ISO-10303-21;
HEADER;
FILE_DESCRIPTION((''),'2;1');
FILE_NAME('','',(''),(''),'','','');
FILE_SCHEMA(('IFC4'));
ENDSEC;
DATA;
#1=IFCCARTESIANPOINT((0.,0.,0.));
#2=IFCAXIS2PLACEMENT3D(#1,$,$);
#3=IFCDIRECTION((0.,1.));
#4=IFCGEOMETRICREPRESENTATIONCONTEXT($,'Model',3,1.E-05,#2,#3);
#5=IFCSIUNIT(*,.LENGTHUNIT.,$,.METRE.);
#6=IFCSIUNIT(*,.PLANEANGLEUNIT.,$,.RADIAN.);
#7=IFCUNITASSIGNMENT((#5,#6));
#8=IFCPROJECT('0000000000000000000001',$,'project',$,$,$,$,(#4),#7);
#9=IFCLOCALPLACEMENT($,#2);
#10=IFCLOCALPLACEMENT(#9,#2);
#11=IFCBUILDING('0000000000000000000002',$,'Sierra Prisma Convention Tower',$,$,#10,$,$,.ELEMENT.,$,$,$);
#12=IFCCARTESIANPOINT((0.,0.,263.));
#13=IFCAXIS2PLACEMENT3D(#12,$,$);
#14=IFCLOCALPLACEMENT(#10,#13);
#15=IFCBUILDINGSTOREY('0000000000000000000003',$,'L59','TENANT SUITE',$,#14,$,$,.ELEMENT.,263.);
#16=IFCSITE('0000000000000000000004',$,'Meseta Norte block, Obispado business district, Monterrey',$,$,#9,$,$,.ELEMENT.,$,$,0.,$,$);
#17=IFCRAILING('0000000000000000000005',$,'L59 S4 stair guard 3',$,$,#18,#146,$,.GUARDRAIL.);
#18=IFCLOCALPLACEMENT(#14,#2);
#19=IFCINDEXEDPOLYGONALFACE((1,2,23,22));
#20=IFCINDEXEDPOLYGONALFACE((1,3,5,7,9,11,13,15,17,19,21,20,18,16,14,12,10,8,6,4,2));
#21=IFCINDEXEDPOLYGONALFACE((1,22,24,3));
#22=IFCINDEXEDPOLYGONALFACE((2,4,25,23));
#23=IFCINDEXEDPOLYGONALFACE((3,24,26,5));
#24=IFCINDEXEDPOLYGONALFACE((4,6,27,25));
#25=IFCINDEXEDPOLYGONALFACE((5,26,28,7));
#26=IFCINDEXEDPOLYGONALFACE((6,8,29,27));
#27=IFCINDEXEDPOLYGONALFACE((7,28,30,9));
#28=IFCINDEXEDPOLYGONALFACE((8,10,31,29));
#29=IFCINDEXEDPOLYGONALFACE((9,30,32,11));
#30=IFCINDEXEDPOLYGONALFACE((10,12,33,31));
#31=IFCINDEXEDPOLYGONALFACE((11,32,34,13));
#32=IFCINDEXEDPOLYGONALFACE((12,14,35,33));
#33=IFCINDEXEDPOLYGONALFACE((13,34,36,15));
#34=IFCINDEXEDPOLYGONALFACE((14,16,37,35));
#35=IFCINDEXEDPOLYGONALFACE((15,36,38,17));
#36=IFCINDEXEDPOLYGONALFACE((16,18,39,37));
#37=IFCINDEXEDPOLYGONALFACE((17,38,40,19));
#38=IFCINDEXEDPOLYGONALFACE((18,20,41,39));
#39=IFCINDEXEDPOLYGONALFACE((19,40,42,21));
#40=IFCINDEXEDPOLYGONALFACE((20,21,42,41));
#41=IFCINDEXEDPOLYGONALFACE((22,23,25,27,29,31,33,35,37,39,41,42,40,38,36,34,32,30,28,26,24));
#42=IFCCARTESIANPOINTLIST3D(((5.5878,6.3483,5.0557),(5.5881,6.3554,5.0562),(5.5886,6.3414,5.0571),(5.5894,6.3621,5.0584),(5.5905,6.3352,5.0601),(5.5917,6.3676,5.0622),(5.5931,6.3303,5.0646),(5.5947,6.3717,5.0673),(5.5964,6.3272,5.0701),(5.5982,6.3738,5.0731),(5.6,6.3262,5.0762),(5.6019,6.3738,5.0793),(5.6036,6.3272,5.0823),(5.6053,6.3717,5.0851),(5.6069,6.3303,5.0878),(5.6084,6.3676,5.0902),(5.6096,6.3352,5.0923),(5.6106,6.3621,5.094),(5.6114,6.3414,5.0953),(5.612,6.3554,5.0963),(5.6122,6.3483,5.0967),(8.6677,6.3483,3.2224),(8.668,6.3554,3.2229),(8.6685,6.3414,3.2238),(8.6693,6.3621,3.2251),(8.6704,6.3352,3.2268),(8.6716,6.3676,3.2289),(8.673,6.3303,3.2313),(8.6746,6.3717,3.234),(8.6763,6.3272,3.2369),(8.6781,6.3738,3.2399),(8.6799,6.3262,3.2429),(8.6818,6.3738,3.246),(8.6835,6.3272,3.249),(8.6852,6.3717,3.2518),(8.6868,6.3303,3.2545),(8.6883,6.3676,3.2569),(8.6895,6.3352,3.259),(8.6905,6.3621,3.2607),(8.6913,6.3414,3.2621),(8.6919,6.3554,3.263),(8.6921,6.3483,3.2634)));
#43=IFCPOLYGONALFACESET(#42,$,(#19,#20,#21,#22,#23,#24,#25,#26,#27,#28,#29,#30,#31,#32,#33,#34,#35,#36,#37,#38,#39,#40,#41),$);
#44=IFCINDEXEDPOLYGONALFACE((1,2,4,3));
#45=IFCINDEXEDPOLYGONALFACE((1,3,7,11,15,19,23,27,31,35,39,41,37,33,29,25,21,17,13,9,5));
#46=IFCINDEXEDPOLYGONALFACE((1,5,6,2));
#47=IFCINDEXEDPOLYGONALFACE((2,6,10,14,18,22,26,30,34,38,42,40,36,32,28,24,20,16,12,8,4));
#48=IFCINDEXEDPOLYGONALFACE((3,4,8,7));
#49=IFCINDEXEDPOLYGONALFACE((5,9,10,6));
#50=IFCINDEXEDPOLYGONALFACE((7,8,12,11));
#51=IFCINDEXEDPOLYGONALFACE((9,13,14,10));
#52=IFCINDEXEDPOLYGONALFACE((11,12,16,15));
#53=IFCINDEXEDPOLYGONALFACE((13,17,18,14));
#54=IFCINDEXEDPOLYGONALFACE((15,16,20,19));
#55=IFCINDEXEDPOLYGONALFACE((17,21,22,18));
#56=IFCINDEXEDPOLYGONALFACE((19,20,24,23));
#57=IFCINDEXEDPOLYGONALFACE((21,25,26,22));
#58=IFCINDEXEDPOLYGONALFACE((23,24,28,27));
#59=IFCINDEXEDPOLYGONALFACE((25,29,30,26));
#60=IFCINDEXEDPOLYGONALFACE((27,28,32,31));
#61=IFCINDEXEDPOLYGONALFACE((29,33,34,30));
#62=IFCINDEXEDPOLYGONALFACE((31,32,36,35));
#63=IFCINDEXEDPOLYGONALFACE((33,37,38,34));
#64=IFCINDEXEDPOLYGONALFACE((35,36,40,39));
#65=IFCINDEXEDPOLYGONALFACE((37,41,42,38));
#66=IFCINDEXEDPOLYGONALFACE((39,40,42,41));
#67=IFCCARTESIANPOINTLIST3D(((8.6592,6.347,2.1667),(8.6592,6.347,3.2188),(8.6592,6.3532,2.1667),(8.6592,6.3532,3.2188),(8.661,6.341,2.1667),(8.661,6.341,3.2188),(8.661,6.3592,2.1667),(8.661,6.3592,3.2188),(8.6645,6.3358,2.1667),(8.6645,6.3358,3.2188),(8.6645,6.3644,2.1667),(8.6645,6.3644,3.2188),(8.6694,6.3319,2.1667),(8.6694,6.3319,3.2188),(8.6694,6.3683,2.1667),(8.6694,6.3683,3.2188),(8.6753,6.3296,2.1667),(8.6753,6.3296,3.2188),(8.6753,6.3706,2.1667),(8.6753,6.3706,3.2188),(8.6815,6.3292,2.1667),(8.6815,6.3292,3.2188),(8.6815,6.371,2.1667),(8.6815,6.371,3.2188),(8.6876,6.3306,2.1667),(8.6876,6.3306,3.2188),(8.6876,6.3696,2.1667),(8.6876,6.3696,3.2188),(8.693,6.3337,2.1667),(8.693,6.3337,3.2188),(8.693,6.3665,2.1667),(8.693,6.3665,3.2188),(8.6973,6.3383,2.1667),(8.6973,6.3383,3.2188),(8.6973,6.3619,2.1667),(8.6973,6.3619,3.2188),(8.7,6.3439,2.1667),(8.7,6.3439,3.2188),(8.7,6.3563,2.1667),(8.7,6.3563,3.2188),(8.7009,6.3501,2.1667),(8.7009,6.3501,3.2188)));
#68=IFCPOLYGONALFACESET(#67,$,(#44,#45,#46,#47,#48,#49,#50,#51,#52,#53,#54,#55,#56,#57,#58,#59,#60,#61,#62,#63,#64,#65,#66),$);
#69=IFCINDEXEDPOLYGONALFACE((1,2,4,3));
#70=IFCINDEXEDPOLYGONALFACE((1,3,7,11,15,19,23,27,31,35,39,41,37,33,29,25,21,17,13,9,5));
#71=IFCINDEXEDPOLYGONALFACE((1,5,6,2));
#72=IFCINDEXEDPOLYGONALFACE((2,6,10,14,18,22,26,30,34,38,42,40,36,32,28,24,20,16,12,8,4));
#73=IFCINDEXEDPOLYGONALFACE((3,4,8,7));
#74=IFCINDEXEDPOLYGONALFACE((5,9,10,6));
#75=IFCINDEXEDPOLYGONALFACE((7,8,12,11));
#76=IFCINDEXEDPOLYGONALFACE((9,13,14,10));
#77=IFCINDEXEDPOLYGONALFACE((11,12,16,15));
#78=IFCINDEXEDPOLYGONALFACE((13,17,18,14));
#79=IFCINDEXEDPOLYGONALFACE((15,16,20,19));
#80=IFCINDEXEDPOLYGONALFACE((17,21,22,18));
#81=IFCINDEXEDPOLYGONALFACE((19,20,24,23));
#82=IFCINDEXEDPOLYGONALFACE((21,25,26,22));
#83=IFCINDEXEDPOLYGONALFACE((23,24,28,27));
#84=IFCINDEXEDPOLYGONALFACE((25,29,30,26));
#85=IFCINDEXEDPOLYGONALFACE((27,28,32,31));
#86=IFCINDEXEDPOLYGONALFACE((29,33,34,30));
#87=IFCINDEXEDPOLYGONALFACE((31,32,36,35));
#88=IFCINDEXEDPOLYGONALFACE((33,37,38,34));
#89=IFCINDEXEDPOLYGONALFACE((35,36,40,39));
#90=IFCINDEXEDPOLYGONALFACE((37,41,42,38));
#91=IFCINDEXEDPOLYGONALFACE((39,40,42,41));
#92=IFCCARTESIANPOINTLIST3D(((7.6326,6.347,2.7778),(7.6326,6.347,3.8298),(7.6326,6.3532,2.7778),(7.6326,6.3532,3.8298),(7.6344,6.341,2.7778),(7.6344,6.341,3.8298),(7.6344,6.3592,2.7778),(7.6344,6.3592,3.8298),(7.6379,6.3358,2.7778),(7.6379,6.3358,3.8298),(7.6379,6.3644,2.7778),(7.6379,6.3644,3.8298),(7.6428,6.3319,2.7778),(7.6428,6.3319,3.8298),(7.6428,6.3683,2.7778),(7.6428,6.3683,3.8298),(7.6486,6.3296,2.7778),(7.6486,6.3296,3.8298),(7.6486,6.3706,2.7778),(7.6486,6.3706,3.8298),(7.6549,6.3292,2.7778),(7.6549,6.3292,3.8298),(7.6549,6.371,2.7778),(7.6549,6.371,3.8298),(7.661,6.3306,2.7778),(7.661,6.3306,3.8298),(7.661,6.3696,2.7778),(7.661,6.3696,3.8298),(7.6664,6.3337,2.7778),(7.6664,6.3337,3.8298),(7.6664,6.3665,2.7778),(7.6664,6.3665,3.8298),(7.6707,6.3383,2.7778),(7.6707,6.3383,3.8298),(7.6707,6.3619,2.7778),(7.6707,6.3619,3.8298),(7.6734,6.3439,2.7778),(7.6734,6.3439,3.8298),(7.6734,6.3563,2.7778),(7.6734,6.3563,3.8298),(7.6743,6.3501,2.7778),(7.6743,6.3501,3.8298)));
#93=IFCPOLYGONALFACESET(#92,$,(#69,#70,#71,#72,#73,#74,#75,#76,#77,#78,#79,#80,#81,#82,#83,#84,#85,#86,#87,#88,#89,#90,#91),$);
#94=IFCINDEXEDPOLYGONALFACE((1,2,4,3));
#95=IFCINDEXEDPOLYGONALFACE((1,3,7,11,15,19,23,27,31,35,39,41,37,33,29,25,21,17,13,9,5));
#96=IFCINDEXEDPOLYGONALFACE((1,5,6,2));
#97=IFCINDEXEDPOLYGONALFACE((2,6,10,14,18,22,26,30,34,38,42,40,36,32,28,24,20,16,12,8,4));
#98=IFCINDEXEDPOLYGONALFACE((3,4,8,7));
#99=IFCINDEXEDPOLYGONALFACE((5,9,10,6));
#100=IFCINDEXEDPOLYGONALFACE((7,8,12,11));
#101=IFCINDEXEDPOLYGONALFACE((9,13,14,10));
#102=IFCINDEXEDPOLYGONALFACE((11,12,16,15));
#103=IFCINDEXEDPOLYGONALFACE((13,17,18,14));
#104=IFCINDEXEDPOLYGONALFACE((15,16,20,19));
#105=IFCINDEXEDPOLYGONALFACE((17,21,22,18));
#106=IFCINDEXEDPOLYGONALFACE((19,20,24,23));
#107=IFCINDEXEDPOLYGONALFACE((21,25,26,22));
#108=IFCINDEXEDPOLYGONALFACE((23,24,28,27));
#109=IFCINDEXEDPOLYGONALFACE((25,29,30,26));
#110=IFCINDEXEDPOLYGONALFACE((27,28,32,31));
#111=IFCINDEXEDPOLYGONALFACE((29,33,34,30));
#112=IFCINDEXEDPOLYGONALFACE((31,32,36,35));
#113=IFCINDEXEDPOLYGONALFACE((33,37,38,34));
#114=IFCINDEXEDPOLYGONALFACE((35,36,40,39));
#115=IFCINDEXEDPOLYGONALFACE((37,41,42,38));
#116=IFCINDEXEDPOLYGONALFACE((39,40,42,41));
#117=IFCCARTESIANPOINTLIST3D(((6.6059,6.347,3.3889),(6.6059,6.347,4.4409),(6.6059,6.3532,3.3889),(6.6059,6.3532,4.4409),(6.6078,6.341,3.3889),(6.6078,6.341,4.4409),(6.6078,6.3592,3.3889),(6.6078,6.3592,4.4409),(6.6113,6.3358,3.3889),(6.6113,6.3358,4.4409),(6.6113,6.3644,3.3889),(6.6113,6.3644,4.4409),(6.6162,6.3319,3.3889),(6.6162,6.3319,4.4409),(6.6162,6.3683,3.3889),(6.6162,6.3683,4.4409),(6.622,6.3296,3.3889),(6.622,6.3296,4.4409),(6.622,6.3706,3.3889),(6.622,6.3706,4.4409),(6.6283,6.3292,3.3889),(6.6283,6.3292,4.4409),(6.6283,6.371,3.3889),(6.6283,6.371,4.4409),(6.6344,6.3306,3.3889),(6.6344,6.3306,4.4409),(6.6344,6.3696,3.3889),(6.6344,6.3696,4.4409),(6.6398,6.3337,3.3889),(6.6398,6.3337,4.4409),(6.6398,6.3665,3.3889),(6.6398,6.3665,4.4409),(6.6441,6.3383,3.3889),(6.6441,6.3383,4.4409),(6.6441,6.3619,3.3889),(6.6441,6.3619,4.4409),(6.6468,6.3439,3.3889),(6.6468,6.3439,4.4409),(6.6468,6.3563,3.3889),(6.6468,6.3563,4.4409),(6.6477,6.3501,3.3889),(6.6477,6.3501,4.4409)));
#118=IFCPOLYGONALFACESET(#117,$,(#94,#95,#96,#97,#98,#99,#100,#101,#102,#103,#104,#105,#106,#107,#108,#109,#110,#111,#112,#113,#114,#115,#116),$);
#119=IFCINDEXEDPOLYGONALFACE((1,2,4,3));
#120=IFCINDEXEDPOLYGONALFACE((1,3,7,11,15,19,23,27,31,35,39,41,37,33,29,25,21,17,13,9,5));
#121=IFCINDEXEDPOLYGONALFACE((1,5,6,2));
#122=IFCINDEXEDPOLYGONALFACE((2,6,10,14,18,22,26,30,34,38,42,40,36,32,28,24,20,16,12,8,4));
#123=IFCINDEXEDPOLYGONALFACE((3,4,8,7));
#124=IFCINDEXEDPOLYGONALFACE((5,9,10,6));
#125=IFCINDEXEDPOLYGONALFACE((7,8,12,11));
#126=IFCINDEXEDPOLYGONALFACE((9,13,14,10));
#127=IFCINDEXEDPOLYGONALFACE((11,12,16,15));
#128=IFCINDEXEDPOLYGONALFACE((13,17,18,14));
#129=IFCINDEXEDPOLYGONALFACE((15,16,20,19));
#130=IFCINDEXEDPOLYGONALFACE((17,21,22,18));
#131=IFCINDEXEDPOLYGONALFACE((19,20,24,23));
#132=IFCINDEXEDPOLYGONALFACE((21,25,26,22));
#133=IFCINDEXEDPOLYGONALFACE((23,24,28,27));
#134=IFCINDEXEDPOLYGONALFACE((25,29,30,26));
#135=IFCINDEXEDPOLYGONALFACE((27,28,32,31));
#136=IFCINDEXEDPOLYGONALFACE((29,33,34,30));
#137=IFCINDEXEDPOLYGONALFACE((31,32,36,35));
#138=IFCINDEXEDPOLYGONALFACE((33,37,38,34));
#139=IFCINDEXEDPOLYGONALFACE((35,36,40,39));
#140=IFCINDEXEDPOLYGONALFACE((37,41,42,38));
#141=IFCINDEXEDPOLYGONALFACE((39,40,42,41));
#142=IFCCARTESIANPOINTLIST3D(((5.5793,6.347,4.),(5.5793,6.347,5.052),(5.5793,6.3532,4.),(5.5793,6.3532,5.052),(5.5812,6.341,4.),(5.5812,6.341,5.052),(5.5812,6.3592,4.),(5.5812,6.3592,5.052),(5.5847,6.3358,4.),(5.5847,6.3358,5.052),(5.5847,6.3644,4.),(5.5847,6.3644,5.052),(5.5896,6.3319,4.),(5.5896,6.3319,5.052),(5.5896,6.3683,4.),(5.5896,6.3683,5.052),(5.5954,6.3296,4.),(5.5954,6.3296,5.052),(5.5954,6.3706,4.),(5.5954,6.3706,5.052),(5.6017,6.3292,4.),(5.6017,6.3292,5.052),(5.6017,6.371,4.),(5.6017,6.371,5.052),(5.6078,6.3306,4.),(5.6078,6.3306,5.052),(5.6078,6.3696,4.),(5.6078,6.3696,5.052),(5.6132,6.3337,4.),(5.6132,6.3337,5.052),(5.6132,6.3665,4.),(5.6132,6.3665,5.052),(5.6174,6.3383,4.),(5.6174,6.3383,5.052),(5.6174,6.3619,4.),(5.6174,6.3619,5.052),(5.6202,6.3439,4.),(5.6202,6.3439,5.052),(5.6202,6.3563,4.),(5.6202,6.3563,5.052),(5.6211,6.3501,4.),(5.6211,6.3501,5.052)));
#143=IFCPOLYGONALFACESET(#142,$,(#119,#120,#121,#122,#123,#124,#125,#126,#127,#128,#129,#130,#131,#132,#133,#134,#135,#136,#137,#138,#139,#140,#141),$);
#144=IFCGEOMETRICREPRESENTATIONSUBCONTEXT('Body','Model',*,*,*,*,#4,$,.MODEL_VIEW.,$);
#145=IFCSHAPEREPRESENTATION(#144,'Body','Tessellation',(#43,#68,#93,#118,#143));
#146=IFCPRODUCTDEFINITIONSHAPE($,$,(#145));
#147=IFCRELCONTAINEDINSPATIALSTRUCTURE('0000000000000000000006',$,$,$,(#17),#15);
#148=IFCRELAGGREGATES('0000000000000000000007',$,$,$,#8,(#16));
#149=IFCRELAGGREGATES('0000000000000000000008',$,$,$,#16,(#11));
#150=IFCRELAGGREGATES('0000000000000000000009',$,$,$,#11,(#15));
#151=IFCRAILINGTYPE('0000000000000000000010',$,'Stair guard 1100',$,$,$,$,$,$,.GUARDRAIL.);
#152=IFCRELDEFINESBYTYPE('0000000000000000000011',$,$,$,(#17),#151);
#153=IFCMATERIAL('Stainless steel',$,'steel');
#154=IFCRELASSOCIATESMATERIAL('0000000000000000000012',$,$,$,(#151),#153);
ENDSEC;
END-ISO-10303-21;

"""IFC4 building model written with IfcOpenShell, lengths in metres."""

from ifc_helpers import new_model, si_unit, direction, frame, origin, origin_2d, place, context, subcontext, project, spatial, circle, extrude, material, type_object, element, save


model = new_model("IFC4")

# Units and contexts
model_context = context("Model", 3, precision=1e-05, world=origin(), true_north=direction((0.0, 1.0)))
body_context = subcontext(model_context, "Body", "Model", "MODEL_VIEW")
ifc_project = project(units=[si_unit("LENGTHUNIT", "METRE"), si_unit("PLANEANGLEUNIT", "RADIAN")], contexts=[model_context])

# Site, building, storey
site_placement = place(None, origin())
site = spatial("IfcSite", under=ifc_project, at=site_placement, Name="Meseta Norte block, Obispado business district, Monterrey", CompositionType="ELEMENT", RefElevation=0.0)
building_placement = place(site_placement, origin())
building = spatial("IfcBuilding", under=site, at=building_placement, Name="Sierra Prisma Convention Tower", CompositionType="ELEMENT")
storey_placement = place(building_placement, frame((0.0, 0.0, 263.0)))
storey = spatial("IfcBuildingStorey", under=building, at=storey_placement, Name="L59", Description="TENANT SUITE", CompositionType="ELEMENT", Elevation=263.0)

# Railing
ifc_material_1 = material(Name="Stainless steel", Category="steel")
railing_type_1 = type_object("IfcRailingType", Name="Stair guard 1100", PredefinedType="GUARDRAIL", material=ifc_material_1)
railing_1_placement = place(storey_placement, frame((8.6799, 6.3501, 2.1667)))
element("IfcRailing", 1, at=railing_1_placement, inside=storey, type_object=railing_type_1, Name="L59 S4 stair guard 3", PredefinedType="GUARDRAIL", context=body_context, shape_type="SweptSolid", body=[
    extrude(circle(Radius=0.0239, at=origin_2d()), frame((0.0, 0.0, 1.0762), z_axis=(-0.859291, 0.0, 0.511487), x_axis=(0.0, -1.0, 0.0)), (0.0, 0.0, 1.0), 3.5842),
    extrude(circle(Radius=0.021, at=origin_2d()), origin(), (0.0, 0.0, 1.0), 1.052),
    extrude(circle(Radius=0.021, at=origin_2d()), frame((-1.0266, 0.0, 0.6111)), (0.0, 0.0, 1.0), 1.052),
    extrude(circle(Radius=0.021, at=origin_2d()), frame((-2.0532, 0.0, 1.2222)), (0.0, 0.0, 1.0), 1.052),
    extrude(circle(Radius=0.021, at=origin_2d()), frame((-3.0798, 0.0, 1.8333)), (0.0, 0.0, 1.0), 1.052),
])

save(model, "model.ifc")
